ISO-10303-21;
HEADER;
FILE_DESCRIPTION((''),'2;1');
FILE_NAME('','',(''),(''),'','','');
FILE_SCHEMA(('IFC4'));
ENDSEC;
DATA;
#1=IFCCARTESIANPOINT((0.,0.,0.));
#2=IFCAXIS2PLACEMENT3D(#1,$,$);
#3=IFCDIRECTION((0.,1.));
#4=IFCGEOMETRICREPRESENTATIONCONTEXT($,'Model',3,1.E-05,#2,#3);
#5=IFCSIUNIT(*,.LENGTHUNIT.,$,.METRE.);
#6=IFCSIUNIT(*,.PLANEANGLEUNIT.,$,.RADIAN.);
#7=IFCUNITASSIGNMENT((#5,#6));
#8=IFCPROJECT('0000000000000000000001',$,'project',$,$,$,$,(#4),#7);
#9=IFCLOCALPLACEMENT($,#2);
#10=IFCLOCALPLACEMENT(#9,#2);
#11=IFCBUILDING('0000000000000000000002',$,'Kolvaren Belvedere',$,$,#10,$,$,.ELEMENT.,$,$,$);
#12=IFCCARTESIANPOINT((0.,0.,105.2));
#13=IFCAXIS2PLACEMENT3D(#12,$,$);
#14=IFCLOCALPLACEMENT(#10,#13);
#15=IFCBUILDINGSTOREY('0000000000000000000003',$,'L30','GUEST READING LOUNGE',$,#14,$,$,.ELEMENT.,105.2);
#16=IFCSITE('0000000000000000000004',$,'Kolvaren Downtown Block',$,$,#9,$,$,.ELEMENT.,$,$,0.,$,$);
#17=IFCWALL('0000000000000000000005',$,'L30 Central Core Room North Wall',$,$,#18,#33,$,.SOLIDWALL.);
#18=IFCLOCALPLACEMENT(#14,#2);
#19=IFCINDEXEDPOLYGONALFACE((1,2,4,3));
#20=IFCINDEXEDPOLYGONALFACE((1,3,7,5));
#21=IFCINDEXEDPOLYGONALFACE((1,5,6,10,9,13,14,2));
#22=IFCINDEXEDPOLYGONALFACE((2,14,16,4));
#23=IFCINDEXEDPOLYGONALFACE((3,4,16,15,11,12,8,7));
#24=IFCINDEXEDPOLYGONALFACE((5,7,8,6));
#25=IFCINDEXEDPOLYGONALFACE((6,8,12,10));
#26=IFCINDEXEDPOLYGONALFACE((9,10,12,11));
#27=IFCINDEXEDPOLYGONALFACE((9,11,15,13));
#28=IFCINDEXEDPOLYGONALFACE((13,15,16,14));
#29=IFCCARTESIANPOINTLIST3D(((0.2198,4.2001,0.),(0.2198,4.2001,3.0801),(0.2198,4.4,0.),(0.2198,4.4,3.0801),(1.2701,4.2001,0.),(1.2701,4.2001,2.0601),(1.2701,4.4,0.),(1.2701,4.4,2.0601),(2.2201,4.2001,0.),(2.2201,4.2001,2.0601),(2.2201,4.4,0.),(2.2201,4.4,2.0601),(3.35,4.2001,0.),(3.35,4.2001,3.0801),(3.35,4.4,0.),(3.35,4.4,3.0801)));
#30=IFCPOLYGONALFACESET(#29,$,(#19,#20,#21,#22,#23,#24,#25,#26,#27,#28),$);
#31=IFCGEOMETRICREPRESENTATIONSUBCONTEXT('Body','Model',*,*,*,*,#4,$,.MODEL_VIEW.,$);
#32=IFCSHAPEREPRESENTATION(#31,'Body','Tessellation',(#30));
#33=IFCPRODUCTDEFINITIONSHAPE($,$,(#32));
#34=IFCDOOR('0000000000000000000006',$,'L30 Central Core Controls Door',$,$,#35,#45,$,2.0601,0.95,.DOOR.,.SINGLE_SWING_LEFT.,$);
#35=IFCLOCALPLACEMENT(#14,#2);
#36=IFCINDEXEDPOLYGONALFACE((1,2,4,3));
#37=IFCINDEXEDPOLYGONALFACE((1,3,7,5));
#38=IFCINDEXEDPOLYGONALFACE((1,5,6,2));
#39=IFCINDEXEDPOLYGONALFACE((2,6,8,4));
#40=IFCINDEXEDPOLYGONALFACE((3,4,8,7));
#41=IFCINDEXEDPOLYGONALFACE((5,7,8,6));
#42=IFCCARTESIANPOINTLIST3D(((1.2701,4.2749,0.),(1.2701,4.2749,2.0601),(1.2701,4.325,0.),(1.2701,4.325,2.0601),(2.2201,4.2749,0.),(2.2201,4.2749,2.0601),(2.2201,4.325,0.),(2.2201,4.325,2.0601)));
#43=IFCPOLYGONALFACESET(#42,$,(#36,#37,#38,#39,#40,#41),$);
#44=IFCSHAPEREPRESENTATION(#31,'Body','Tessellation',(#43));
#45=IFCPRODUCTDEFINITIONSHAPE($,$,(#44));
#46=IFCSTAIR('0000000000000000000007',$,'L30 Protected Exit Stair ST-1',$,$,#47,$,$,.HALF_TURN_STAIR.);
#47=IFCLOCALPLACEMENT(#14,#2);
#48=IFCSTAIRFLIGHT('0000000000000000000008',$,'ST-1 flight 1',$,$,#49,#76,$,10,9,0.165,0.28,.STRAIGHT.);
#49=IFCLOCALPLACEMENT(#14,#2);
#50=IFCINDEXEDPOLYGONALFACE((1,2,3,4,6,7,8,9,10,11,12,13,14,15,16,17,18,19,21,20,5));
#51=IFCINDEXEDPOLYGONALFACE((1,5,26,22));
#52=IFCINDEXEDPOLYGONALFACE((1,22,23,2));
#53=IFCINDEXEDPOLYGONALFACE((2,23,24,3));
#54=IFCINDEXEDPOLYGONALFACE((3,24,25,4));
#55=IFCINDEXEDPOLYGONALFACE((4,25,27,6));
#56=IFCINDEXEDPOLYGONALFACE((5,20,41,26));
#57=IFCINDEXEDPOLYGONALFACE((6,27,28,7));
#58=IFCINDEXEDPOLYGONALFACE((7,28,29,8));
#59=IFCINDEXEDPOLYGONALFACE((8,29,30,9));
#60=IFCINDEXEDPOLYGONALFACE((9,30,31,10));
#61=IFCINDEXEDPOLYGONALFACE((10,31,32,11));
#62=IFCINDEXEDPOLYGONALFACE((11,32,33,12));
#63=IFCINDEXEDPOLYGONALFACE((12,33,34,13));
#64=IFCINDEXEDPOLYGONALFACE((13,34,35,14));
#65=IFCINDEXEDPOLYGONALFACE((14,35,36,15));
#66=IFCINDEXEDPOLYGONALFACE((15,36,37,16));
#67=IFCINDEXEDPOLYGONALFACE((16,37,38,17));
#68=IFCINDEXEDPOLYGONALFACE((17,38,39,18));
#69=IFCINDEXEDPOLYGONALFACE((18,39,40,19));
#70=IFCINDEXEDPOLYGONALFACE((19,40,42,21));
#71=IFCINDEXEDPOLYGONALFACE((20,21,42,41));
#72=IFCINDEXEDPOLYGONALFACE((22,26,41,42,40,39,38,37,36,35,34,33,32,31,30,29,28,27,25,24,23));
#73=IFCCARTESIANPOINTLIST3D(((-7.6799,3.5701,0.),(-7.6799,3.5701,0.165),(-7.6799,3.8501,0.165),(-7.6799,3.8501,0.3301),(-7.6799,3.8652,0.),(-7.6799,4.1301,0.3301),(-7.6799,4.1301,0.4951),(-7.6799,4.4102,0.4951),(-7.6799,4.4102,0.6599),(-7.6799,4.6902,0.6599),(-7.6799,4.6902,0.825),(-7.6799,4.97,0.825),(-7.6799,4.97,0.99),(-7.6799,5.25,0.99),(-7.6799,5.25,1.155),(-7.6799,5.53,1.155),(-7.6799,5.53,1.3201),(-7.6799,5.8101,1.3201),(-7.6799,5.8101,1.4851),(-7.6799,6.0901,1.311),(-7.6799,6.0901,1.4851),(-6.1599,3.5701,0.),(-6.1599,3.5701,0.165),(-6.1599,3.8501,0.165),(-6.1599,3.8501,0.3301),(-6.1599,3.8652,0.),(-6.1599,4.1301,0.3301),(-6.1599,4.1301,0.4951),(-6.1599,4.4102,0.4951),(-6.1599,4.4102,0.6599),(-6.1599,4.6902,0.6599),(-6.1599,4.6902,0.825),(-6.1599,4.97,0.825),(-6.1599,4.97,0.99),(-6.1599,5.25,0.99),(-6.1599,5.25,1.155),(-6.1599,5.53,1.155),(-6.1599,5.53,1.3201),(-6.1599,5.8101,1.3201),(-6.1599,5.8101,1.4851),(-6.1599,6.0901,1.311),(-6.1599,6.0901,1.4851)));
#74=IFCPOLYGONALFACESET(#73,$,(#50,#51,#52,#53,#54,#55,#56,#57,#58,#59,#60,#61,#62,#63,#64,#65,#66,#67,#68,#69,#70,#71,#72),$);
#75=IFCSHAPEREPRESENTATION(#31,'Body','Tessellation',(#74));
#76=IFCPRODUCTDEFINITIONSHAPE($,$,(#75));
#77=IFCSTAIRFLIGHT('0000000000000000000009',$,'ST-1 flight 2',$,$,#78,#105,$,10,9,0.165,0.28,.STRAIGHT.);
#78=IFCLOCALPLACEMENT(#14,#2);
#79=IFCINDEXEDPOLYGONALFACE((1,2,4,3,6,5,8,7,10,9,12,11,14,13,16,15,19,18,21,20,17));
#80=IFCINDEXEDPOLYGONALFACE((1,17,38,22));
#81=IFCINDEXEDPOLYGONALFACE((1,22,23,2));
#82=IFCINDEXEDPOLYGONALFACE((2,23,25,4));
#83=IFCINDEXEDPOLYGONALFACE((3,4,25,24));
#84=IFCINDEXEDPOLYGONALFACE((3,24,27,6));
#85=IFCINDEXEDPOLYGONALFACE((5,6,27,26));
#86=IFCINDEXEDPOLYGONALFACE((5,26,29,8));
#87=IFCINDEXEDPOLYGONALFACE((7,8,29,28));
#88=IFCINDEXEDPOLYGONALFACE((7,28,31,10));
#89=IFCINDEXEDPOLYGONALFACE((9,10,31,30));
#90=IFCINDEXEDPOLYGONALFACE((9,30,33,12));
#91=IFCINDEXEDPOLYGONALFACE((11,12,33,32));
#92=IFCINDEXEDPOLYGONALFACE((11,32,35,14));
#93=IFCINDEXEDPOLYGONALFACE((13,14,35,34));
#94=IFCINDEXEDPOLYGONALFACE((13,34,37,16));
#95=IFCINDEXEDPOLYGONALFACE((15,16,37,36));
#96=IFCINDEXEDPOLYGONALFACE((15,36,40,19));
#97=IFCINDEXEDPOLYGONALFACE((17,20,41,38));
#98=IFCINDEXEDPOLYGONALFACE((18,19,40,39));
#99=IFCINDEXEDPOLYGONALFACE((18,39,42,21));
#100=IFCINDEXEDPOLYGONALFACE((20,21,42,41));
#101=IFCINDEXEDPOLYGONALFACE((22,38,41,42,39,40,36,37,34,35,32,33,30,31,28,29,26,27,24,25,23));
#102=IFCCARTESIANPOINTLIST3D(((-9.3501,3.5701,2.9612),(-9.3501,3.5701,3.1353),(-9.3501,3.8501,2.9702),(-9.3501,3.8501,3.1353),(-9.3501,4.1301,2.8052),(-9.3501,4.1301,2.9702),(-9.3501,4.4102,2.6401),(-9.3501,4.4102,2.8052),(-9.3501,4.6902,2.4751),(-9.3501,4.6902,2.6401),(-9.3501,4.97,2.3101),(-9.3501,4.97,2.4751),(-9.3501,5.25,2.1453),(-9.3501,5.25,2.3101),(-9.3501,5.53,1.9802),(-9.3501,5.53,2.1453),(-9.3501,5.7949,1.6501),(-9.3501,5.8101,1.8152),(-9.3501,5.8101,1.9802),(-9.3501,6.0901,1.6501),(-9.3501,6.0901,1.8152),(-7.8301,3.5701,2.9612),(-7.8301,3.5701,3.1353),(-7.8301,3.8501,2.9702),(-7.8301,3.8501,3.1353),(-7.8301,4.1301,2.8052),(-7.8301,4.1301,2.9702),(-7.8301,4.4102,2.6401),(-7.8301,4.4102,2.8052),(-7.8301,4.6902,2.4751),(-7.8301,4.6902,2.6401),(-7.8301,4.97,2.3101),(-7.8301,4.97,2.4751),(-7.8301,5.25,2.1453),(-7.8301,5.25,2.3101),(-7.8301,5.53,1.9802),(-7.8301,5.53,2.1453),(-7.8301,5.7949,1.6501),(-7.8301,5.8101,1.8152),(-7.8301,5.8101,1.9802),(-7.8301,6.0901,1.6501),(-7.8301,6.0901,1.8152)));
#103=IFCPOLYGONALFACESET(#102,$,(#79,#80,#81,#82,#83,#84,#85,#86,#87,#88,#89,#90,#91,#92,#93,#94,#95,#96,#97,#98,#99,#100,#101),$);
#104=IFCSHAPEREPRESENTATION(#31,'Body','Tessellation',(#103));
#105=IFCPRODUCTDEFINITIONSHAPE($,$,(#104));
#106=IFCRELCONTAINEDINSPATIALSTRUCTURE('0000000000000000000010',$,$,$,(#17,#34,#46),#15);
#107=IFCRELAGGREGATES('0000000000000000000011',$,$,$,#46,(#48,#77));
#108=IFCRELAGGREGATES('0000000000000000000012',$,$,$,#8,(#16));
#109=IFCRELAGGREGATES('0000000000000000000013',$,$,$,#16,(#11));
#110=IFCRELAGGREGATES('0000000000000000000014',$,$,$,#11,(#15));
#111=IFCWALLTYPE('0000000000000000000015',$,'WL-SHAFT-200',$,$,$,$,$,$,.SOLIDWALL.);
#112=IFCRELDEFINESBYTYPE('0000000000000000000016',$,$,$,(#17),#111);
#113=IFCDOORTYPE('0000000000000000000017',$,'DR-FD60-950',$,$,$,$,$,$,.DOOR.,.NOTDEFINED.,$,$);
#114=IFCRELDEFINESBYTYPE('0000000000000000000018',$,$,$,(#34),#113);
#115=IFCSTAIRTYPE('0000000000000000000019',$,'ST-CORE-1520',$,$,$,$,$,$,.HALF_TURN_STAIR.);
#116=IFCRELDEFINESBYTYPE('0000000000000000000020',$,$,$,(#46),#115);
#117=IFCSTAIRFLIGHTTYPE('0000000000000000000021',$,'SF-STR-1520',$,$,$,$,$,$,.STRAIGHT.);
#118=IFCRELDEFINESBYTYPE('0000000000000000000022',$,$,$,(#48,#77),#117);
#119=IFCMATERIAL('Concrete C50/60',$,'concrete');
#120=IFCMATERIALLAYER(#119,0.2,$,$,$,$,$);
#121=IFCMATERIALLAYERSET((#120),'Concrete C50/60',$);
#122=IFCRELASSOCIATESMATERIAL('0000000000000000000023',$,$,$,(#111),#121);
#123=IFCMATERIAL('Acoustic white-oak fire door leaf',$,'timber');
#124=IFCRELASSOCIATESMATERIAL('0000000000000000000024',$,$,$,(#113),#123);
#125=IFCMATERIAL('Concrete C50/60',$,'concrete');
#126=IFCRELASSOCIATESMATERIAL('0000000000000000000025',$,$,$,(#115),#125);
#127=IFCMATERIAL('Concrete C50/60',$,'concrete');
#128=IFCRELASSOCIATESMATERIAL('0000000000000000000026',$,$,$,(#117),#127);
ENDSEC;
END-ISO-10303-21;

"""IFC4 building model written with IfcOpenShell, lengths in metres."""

from ifc_helpers import new_model, si_unit, direction, frame, frame_2d, origin, place, context, subcontext, project, spatial, polyline, rectangle, outline, extrude, material, layer, layer_set, type_object, element, fill, aggregate, save


model = new_model("IFC4")

# Units and contexts
model_context = context("Model", 3, precision=1e-05, world=origin(), true_north=direction((0.0, 1.0)))
body_context = subcontext(model_context, "Body", "Model", "MODEL_VIEW")
ifc_project = project(units=[si_unit("LENGTHUNIT", "METRE"), si_unit("PLANEANGLEUNIT", "RADIAN")], contexts=[model_context])

# Site, building, storey
site_placement = place(None, origin())
site = spatial("IfcSite", under=ifc_project, at=site_placement, Name="Kolvaren Downtown Block", CompositionType="ELEMENT", RefElevation=0.0)
building_placement = place(site_placement, origin())
building = spatial("IfcBuilding", under=site, at=building_placement, Name="Kolvaren Belvedere", CompositionType="ELEMENT")
storey_placement = place(building_placement, frame((0.0, 0.0, 105.2)))
storey = spatial("IfcBuildingStorey", under=building, at=storey_placement, Name="L30", Description="GUEST READING LOUNGE", CompositionType="ELEMENT", Elevation=105.2)

# Wall, opening, door
ifc_material_1 = material(Name="Concrete C50/60", Category="concrete")
ifc_layer_1 = layer(ifc_material_1, 0.2)
ifc_layer_set_1 = layer_set([ifc_layer_1], Name="Concrete C50/60")
wall_type_1 = type_object("IfcWallType", Name="WL-SHAFT-200", PredefinedType="SOLIDWALL", material=ifc_layer_set_1)
wall_1_placement = place(storey_placement, frame((0.22, 4.3, 0.0), z_axis=(0.0, 0.0, 1.0), x_axis=(1.0, 0.0, 0.0)))
wall_1 = element("IfcWall", 1, at=wall_1_placement, inside=storey, type_object=wall_type_1, Name="L30 Central Core Room North Wall", PredefinedType="SOLIDWALL", context=body_context, shape_type="SweptSolid", body=[
    extrude(rectangle(XDim=3.1301, YDim=0.2, at=frame_2d((1.5649, 0.0))), origin(), (0.0, 0.0, 1.0), 3.0801),
])
opening_1_placement = place(wall_1_placement, frame((1.05, 0.0, 0.0)))
opening_1 = element("IfcOpeningElement", 2, at=opening_1_placement, cuts=wall_1, PredefinedType="OPENING", context=body_context, shape_type="SweptSolid", body=[
    extrude(rectangle(XDim=0.95, YDim=2.0601, at=frame_2d((0.4751, 1.03))), frame((0.0, 0.1099, 0.0), z_axis=(0.0, -1.0, 0.0), x_axis=(1.0, 0.0, 0.0)), (0.0, 0.0, 1.0), 0.22),
])
ifc_material_2 = material(Name="Acoustic white-oak fire door leaf", Category="timber")
door_type_1 = type_object("IfcDoorType", Name="DR-FD60-950", OperationType="NOTDEFINED", PredefinedType="DOOR", material=ifc_material_2)
door_1_placement = place(opening_1_placement, origin())
door_1 = element("IfcDoor", 3, at=door_1_placement, inside=storey, type_object=door_type_1, Name="L30 Central Core Controls Door", OperationType="SINGLE_SWING_LEFT", OverallHeight=2.0601, OverallWidth=0.95, PredefinedType="DOOR", context=body_context, shape_type="SweptSolid", body=[
    extrude(rectangle(XDim=0.95, YDim=2.0601, at=frame_2d((0.4751, 1.03))), frame((0.0, 0.0249, 0.0), z_axis=(0.0, -1.0, 0.0), x_axis=(1.0, 0.0, 0.0)), (0.0, 0.0, 1.0), 0.05),
])
fill(opening_1, door_1)

# Stair, stair flights
ifc_material_3 = material(Name="Concrete C50/60", Category="concrete")
stair_type = type_object("IfcStairType", Name="ST-CORE-1520", PredefinedType="HALF_TURN_STAIR", material=ifc_material_3)
stair_placement = place(storey_placement, origin())
stair = element("IfcStair", 4, at=stair_placement, inside=storey, type_object=stair_type, Name="L30 Protected Exit Stair ST-1", PredefinedType="HALF_TURN_STAIR")
ifc_material_4 = material(Name="Concrete C50/60", Category="concrete")
stair_flight_type = type_object("IfcStairFlightType", Name="SF-STR-1520", PredefinedType="STRAIGHT", material=ifc_material_4)
stair_flight_1_placement = place(storey_placement, frame((-6.9199, 3.5701, 0.0), z_axis=(0.0, 0.0, 1.0), x_axis=(0.0, 1.0, 0.0)))
stair_flight_1 = element("IfcStairFlight", 5, at=stair_flight_1_placement, type_object=stair_flight_type, Name="ST-1 flight 1", NumberOfRisers=10, NumberOfTreads=9, PredefinedType="STRAIGHT", RiserHeight=0.165, TreadLength=0.28, context=body_context, shape_type="SweptSolid", body=[
    extrude(outline(polyline([(0.0, 0.0), (0.0, 0.165), (0.28, 0.165), (0.28, 0.3301), (0.5601, 0.3301), (0.5601, 0.4951), (0.8401, 0.4951), (0.8401, 0.6599), (1.1201, 0.6599), (1.1201, 0.825), (1.3999, 0.825), (1.3999, 0.99), (1.6799, 0.99), (1.6799, 1.155), (1.96, 1.155), (1.96, 1.3201), (2.24, 1.3201), (2.24, 1.4851), (2.52, 1.4851), (2.52, 1.6499), (2.52, 1.311), (0.2952, 0.0), (0.0, 0.0)])), frame((0.0, 0.76, 0.0), z_axis=(0.0, -1.0, 0.0), x_axis=(1.0, 0.0, 0.0)), (0.0, 0.0, 1.0), 1.52),
])
stair_flight_2_placement = place(storey_placement, frame((-8.5901, 6.0901, 1.6501), z_axis=(0.0, 0.0, 1.0), x_axis=(0.0, -1.0, 0.0)))
stair_flight_2 = element("IfcStairFlight", 6, at=stair_flight_2_placement, type_object=stair_flight_type, Name="ST-1 flight 2", NumberOfRisers=10, NumberOfTreads=9, PredefinedType="STRAIGHT", RiserHeight=0.165, TreadLength=0.28, context=body_context, shape_type="SweptSolid", body=[
    extrude(outline(polyline([(0.0, 0.0), (0.0, 0.165), (0.28, 0.165), (0.28, 0.3301), (0.5601, 0.3301), (0.5601, 0.4951), (0.8401, 0.4951), (0.8401, 0.6599), (1.1201, 0.6599), (1.1201, 0.825), (1.3999, 0.825), (1.3999, 0.99), (1.6799, 0.99), (1.6799, 1.155), (1.96, 1.155), (1.96, 1.3201), (2.24, 1.3201), (2.24, 1.4851), (2.52, 1.4851), (2.52, 1.6499), (2.52, 1.311), (0.2952, 0.0), (0.0, 0.0)])), frame((0.0, 0.76, 0.0), z_axis=(0.0, -1.0, 0.0), x_axis=(1.0, 0.0, 0.0)), (0.0, 0.0, 1.0), 1.52),
])
aggregate(stair, [stair_flight_1, stair_flight_2])

save(model, "model.ifc")
